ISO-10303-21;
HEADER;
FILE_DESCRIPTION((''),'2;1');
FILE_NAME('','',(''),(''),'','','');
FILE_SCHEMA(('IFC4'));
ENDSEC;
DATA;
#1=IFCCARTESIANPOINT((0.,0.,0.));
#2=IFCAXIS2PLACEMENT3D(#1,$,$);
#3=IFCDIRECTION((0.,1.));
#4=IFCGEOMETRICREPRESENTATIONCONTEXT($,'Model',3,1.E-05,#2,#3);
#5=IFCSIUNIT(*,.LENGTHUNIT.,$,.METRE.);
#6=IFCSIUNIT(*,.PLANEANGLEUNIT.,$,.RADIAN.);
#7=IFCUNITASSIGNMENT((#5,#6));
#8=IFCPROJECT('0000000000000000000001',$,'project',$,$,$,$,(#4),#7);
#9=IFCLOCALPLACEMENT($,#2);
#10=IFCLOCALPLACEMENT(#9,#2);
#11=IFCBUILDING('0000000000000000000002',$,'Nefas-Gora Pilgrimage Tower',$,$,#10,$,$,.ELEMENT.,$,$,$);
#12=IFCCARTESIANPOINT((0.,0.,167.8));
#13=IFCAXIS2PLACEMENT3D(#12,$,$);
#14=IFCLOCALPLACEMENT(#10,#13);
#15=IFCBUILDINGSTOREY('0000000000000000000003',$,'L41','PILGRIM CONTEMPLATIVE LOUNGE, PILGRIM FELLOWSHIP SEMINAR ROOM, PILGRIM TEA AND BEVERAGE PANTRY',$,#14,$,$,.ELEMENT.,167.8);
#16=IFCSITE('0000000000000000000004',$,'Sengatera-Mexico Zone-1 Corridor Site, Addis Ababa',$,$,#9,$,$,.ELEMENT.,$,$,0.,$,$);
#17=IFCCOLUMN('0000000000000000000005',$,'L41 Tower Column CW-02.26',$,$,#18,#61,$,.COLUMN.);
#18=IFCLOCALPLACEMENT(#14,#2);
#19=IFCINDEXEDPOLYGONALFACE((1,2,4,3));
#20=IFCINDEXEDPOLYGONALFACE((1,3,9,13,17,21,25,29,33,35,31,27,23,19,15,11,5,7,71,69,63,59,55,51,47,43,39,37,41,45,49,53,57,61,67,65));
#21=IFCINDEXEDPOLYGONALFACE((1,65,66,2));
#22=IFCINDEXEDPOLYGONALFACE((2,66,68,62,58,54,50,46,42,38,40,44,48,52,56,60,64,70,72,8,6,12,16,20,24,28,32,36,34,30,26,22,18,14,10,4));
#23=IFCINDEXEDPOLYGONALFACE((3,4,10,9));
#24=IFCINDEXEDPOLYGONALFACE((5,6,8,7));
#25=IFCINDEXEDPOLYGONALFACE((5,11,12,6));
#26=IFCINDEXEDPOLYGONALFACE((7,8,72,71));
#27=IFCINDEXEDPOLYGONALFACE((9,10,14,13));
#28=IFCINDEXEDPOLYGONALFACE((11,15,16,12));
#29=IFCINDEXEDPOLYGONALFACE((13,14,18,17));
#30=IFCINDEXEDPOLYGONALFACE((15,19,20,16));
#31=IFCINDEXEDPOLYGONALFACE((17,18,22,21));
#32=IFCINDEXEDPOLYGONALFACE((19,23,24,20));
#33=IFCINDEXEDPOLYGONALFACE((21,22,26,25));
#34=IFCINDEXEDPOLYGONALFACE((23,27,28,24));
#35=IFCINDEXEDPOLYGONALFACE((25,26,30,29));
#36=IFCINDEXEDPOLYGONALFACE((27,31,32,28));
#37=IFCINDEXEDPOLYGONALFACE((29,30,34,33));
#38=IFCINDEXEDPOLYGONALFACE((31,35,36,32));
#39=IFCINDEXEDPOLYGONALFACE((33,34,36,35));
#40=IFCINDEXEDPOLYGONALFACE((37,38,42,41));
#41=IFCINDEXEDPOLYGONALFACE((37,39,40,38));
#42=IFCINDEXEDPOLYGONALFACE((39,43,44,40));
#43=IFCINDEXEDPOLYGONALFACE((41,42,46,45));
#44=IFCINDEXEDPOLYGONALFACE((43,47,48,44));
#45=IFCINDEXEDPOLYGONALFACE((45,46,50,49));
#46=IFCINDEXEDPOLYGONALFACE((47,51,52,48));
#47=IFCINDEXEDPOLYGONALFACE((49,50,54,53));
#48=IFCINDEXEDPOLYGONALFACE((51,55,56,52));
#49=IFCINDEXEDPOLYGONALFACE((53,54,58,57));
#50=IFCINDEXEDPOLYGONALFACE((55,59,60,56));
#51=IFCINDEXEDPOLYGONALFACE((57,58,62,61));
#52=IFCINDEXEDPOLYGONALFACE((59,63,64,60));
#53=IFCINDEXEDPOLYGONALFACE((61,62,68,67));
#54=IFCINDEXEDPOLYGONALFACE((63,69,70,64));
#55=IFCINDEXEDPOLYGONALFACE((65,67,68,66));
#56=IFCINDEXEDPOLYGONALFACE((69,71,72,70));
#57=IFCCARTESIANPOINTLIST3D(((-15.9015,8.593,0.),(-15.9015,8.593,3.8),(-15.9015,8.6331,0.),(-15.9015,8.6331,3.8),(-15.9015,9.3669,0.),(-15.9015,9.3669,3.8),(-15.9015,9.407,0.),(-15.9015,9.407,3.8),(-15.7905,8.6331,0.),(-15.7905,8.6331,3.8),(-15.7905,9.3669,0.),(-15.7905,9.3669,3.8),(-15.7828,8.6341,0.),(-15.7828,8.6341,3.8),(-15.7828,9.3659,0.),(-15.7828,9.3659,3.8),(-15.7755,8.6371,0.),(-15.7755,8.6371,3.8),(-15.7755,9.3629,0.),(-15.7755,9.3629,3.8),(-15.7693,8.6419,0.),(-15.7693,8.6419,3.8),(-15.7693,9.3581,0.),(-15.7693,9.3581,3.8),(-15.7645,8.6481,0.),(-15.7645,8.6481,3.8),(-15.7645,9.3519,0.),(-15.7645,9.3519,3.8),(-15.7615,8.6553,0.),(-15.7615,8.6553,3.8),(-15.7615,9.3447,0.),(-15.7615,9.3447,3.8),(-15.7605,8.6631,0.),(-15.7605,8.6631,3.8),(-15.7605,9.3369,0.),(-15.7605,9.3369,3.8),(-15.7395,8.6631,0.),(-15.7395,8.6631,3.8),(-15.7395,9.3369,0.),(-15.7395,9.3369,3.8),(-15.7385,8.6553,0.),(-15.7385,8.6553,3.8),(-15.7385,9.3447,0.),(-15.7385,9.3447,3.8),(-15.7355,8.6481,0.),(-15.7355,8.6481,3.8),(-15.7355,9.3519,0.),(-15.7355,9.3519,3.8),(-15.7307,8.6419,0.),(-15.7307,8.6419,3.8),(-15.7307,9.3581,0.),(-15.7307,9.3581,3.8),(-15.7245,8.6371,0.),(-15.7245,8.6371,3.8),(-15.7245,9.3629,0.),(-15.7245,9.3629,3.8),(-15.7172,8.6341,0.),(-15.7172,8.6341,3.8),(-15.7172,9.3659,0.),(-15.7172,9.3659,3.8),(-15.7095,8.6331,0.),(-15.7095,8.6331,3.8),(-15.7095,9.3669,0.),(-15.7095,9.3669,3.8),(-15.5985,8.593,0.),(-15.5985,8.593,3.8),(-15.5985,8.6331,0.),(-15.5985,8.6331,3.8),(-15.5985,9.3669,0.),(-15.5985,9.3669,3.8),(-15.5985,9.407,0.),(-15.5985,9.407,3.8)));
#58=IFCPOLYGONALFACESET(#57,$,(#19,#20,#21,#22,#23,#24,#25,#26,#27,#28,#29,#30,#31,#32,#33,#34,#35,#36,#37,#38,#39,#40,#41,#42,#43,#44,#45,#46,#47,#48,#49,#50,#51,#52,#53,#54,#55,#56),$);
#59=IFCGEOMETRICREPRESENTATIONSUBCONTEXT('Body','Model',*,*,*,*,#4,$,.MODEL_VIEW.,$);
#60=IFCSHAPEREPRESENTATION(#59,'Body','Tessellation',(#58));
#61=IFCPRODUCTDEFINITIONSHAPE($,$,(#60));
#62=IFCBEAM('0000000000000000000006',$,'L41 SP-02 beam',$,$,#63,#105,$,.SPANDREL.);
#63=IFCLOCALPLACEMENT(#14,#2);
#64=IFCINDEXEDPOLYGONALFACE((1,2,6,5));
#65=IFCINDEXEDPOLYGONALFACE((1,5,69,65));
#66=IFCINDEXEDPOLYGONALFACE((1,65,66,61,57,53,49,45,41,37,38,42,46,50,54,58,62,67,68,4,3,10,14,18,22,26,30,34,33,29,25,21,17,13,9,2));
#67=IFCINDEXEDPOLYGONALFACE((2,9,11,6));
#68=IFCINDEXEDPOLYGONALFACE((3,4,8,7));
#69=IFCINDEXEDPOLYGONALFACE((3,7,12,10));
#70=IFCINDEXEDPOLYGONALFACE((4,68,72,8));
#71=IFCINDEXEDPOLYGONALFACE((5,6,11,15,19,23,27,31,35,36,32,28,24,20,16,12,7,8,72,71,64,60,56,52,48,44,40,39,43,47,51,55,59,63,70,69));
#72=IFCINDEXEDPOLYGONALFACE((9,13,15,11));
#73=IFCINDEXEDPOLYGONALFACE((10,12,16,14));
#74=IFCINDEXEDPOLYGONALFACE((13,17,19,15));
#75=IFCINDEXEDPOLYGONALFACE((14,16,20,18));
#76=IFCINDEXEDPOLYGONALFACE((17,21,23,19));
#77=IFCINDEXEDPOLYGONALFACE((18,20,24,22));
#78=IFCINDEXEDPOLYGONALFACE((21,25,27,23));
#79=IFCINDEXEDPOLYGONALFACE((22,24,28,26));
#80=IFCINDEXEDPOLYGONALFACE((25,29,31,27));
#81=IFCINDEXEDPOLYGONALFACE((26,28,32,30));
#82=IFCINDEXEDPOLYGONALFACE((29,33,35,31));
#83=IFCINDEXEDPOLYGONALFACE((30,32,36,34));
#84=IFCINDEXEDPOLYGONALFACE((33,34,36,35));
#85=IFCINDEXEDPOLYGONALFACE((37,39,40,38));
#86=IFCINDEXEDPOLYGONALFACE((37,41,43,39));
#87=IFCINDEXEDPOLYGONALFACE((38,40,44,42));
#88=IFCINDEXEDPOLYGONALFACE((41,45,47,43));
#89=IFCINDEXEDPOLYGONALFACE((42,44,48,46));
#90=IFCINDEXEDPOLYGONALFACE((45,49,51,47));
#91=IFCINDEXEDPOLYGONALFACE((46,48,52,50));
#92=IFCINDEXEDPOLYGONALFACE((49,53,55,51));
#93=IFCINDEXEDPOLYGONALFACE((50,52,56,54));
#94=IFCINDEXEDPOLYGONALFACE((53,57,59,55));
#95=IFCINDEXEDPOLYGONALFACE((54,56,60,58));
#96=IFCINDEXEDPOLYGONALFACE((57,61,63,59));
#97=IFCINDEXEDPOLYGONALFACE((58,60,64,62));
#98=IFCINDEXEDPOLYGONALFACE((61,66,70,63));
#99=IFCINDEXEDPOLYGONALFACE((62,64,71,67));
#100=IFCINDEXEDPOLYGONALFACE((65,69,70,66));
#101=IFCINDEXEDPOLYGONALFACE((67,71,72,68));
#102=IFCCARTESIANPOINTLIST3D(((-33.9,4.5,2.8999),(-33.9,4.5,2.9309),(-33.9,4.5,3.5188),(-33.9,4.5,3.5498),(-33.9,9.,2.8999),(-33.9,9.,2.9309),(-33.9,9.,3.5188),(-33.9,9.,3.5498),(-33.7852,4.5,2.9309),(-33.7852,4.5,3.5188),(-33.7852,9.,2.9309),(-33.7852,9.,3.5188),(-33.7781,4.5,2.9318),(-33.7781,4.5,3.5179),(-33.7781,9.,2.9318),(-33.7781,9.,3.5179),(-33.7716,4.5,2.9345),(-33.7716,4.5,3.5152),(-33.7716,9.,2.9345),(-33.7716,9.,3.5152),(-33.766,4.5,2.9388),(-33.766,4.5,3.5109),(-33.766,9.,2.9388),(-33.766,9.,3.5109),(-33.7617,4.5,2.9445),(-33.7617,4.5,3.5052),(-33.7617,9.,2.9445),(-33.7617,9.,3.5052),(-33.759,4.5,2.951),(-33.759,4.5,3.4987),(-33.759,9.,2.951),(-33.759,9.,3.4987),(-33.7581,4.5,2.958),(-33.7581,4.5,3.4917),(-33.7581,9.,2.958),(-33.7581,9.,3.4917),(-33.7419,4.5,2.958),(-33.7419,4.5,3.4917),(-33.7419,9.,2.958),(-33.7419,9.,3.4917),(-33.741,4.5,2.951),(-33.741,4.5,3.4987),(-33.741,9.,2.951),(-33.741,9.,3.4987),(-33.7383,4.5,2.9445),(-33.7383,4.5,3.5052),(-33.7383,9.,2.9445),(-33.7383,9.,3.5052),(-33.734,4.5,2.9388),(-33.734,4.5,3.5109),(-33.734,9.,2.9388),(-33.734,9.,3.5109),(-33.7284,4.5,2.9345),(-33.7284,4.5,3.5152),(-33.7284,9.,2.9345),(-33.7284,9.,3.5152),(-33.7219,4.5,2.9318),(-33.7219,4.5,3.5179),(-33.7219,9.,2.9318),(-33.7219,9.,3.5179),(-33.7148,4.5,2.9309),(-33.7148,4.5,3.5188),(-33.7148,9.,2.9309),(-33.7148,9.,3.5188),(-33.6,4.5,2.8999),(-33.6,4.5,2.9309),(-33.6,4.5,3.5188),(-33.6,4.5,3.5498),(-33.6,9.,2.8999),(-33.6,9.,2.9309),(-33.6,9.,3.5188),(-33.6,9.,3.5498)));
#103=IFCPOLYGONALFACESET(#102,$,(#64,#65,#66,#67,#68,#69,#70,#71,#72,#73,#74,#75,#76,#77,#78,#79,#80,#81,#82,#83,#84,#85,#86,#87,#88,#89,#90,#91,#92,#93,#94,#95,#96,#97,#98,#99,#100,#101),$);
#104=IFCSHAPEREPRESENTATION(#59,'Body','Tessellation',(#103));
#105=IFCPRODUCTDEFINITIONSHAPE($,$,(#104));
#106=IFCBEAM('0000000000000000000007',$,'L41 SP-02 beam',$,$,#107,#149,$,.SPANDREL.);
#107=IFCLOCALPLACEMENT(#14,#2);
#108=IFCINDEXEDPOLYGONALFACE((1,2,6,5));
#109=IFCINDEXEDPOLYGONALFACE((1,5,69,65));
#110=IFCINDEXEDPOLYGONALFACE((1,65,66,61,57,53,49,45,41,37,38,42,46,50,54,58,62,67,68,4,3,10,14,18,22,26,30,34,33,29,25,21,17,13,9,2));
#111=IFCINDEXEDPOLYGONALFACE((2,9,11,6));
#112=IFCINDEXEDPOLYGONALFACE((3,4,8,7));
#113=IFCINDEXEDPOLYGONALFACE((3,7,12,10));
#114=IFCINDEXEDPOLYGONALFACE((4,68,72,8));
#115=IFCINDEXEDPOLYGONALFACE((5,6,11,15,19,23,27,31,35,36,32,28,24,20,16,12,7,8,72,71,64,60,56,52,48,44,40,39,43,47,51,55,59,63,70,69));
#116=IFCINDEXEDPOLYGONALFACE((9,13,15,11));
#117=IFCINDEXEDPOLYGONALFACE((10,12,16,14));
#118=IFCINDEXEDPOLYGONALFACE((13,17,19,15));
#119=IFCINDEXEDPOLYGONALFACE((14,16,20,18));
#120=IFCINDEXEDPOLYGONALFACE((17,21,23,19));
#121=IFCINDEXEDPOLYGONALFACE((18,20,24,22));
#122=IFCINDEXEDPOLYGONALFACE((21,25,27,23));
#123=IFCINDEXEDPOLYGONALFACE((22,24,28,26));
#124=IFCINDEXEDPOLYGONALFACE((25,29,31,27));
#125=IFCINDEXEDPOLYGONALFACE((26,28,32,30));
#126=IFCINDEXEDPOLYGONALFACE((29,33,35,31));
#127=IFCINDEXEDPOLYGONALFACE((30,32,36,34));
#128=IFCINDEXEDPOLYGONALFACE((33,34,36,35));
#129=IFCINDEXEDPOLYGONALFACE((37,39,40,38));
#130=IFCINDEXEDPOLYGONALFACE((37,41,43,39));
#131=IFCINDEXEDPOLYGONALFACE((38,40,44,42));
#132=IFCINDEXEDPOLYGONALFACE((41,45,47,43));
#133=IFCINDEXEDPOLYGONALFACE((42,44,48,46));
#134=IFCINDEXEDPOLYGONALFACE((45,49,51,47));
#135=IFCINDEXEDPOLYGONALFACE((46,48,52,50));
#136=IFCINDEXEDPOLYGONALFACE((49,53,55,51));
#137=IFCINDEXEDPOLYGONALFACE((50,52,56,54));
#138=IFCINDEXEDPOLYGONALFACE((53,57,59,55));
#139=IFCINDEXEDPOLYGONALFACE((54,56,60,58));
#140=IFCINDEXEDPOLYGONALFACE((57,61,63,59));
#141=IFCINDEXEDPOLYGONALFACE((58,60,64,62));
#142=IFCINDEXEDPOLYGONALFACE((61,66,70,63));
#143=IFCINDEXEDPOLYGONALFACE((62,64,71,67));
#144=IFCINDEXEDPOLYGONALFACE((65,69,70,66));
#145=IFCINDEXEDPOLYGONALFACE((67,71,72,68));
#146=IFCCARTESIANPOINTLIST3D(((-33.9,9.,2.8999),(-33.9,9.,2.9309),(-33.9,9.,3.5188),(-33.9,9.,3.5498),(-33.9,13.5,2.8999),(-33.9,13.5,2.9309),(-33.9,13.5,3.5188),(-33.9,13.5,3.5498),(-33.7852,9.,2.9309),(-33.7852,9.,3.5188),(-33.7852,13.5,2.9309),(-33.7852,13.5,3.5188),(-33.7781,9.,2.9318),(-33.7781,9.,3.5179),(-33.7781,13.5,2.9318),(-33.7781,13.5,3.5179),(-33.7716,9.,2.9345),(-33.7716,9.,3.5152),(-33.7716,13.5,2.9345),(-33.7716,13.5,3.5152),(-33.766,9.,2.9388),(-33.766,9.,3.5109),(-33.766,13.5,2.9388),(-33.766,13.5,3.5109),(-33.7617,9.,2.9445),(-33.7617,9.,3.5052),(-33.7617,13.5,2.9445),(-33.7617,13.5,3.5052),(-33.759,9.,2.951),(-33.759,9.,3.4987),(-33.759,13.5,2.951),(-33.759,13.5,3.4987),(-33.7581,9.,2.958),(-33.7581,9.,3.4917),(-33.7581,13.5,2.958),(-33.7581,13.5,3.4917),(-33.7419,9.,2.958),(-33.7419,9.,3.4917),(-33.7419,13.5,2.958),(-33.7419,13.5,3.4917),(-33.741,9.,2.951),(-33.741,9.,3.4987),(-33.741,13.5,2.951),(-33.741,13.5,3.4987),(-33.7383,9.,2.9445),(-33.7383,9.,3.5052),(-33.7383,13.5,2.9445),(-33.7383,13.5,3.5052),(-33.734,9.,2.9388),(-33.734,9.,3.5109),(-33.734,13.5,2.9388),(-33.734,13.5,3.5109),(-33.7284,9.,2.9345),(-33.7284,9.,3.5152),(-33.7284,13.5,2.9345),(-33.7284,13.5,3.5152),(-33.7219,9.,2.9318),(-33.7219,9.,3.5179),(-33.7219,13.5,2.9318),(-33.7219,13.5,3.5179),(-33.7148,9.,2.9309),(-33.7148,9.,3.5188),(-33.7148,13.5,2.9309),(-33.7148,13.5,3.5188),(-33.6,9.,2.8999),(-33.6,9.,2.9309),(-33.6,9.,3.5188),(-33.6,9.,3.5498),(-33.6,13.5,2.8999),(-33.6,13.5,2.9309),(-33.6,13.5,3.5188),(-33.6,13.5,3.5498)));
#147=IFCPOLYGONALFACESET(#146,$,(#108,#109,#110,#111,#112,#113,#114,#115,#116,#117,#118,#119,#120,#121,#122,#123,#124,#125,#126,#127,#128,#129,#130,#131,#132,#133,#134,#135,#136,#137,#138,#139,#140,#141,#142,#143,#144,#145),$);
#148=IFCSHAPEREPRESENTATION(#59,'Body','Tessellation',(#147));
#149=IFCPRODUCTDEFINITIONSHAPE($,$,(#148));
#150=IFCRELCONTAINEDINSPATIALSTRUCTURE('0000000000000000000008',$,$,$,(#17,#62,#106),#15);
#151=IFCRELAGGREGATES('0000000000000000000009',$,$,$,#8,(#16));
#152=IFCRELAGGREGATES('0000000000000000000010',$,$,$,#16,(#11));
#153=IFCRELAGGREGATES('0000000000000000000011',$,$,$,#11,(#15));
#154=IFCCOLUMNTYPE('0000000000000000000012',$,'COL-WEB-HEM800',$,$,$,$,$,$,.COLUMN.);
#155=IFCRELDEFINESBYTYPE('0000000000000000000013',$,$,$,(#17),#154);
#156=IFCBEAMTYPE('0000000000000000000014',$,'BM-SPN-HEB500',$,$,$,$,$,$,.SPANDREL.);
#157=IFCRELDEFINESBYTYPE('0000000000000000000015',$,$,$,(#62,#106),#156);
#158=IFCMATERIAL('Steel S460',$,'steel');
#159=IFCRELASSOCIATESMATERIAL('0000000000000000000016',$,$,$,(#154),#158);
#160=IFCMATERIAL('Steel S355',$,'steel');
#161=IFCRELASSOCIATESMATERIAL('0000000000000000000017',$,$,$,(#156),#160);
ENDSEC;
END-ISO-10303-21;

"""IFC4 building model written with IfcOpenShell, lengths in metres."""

from ifc_helpers import new_model, si_unit, direction, frame, origin, origin_2d, place, context, subcontext, project, spatial, i_section, extrude, source, transform, mapped, material, material_profile, profile_set, type_object, element, save


model = new_model("IFC4")

# Units and contexts
model_context = context("Model", 3, precision=1e-05, world=origin(), true_north=direction((0.0, 1.0)))
body_context = subcontext(model_context, "Body", "Model", "MODEL_VIEW")
ifc_project = project(units=[si_unit("LENGTHUNIT", "METRE"), si_unit("PLANEANGLEUNIT", "RADIAN")], contexts=[model_context])

# Site, building, storey
site_placement = place(None, origin())
site = spatial("IfcSite", under=ifc_project, at=site_placement, Name="Sengatera-Mexico Zone-1 Corridor Site, Addis Ababa", CompositionType="ELEMENT", RefElevation=0.0)
building_placement = place(site_placement, origin())
building = spatial("IfcBuilding", under=site, at=building_placement, Name="Nefas-Gora Pilgrimage Tower", CompositionType="ELEMENT")
storey_placement = place(building_placement, frame((0.0, 0.0, 167.8)))
storey = spatial("IfcBuildingStorey", under=building, at=storey_placement, Name="L41", Description="PILGRIM CONTEMPLATIVE LOUNGE, PILGRIM FELLOWSHIP SEMINAR ROOM, PILGRIM TEA AND BEVERAGE PANTRY", CompositionType="ELEMENT", Elevation=167.8)

# Column
ifc_material_1 = material(Name="Steel S460", Category="steel")
ifc_material_profile_1 = material_profile(ifc_material_1, i_section(OverallWidth=0.303, OverallDepth=0.814, WebThickness=0.021, FlangeThickness=0.04, FilletRadius=0.03, at=origin_2d()), Name="HEM 800")
ifc_profile_set_1 = profile_set([ifc_material_profile_1], Name="Steel S460")
column_type_1 = type_object("IfcColumnType", Name="COL-WEB-HEM800", PredefinedType="COLUMN", material=ifc_profile_set_1)
shared_shape_1 = source(origin(), body_context, "Body", "SweptSolid", [
    extrude(i_section(OverallWidth=0.303, OverallDepth=0.814, WebThickness=0.021, FlangeThickness=0.04, FilletRadius=0.03, at=origin_2d()), origin(), (0.0, 0.0, 1.0), 3.8),
])
for number, where, z_axis, x_axis, name in (
    (1, (-15.75, 9.0, 0.0), (0.0, 0.0, 1.0), (1.0, 0.0, 0.0), "L41 Tower Column CW-02.26"),
):
    element("IfcColumn", number, at=place(storey_placement, frame(where, z_axis=z_axis, x_axis=x_axis)), inside=storey, type_object=column_type_1, Name=name, PredefinedType="COLUMN", context=body_context, shape_type="MappedRepresentation", body=[
        mapped(shared_shape_1, transform((0.0, 0.0, 0.0), x_axis=(1.0, 0.0, 0.0), y_axis=(0.0, 1.0, 0.0), z_axis=(0.0, 0.0, 1.0), scale=1.0)),
    ])

# Beams
ifc_material_2 = material(Name="Steel S355", Category="steel")
ifc_material_profile_2 = material_profile(ifc_material_2, i_section(OverallWidth=0.3, OverallDepth=0.6499, WebThickness=0.0161, FlangeThickness=0.031, FilletRadius=0.0271, at=origin_2d()), Name="HEB 650")
ifc_profile_set_2 = profile_set([ifc_material_profile_2], Name="Steel S355")
beam_type_1 = type_object("IfcBeamType", Name="BM-SPN-HEB500", PredefinedType="SPANDREL", material=ifc_profile_set_2)
shared_shape_2 = source(origin(), body_context, "Body", "SweptSolid", [
    extrude(i_section(OverallWidth=0.3, OverallDepth=0.6499, WebThickness=0.0161, FlangeThickness=0.031, FilletRadius=0.0271, at=origin_2d()), origin(), (0.0, 0.0, 1.0), 4.5),
])
for number, where, z_axis, x_axis, name in (
    (2, (-33.75, 4.5, 3.2249), (0.0, 1.0, 0.0), (-1.0, 0.0, 0.0), "L41 SP-02 beam"),
    (3, (-33.75, 9.0, 3.2249), (0.0, 1.0, 0.0), (-1.0, 0.0, 0.0), "L41 SP-02 beam"),
):
    element("IfcBeam", number, at=place(storey_placement, frame(where, z_axis=z_axis, x_axis=x_axis)), inside=storey, type_object=beam_type_1, Name=name, PredefinedType="SPANDREL", context=body_context, shape_type="MappedRepresentation", body=[
        mapped(shared_shape_2, transform((0.0, 0.0, 0.0), x_axis=(1.0, 0.0, 0.0), y_axis=(0.0, 1.0, 0.0), z_axis=(0.0, 0.0, 1.0), scale=1.0)),
    ])

save(model, "model.ifc")
